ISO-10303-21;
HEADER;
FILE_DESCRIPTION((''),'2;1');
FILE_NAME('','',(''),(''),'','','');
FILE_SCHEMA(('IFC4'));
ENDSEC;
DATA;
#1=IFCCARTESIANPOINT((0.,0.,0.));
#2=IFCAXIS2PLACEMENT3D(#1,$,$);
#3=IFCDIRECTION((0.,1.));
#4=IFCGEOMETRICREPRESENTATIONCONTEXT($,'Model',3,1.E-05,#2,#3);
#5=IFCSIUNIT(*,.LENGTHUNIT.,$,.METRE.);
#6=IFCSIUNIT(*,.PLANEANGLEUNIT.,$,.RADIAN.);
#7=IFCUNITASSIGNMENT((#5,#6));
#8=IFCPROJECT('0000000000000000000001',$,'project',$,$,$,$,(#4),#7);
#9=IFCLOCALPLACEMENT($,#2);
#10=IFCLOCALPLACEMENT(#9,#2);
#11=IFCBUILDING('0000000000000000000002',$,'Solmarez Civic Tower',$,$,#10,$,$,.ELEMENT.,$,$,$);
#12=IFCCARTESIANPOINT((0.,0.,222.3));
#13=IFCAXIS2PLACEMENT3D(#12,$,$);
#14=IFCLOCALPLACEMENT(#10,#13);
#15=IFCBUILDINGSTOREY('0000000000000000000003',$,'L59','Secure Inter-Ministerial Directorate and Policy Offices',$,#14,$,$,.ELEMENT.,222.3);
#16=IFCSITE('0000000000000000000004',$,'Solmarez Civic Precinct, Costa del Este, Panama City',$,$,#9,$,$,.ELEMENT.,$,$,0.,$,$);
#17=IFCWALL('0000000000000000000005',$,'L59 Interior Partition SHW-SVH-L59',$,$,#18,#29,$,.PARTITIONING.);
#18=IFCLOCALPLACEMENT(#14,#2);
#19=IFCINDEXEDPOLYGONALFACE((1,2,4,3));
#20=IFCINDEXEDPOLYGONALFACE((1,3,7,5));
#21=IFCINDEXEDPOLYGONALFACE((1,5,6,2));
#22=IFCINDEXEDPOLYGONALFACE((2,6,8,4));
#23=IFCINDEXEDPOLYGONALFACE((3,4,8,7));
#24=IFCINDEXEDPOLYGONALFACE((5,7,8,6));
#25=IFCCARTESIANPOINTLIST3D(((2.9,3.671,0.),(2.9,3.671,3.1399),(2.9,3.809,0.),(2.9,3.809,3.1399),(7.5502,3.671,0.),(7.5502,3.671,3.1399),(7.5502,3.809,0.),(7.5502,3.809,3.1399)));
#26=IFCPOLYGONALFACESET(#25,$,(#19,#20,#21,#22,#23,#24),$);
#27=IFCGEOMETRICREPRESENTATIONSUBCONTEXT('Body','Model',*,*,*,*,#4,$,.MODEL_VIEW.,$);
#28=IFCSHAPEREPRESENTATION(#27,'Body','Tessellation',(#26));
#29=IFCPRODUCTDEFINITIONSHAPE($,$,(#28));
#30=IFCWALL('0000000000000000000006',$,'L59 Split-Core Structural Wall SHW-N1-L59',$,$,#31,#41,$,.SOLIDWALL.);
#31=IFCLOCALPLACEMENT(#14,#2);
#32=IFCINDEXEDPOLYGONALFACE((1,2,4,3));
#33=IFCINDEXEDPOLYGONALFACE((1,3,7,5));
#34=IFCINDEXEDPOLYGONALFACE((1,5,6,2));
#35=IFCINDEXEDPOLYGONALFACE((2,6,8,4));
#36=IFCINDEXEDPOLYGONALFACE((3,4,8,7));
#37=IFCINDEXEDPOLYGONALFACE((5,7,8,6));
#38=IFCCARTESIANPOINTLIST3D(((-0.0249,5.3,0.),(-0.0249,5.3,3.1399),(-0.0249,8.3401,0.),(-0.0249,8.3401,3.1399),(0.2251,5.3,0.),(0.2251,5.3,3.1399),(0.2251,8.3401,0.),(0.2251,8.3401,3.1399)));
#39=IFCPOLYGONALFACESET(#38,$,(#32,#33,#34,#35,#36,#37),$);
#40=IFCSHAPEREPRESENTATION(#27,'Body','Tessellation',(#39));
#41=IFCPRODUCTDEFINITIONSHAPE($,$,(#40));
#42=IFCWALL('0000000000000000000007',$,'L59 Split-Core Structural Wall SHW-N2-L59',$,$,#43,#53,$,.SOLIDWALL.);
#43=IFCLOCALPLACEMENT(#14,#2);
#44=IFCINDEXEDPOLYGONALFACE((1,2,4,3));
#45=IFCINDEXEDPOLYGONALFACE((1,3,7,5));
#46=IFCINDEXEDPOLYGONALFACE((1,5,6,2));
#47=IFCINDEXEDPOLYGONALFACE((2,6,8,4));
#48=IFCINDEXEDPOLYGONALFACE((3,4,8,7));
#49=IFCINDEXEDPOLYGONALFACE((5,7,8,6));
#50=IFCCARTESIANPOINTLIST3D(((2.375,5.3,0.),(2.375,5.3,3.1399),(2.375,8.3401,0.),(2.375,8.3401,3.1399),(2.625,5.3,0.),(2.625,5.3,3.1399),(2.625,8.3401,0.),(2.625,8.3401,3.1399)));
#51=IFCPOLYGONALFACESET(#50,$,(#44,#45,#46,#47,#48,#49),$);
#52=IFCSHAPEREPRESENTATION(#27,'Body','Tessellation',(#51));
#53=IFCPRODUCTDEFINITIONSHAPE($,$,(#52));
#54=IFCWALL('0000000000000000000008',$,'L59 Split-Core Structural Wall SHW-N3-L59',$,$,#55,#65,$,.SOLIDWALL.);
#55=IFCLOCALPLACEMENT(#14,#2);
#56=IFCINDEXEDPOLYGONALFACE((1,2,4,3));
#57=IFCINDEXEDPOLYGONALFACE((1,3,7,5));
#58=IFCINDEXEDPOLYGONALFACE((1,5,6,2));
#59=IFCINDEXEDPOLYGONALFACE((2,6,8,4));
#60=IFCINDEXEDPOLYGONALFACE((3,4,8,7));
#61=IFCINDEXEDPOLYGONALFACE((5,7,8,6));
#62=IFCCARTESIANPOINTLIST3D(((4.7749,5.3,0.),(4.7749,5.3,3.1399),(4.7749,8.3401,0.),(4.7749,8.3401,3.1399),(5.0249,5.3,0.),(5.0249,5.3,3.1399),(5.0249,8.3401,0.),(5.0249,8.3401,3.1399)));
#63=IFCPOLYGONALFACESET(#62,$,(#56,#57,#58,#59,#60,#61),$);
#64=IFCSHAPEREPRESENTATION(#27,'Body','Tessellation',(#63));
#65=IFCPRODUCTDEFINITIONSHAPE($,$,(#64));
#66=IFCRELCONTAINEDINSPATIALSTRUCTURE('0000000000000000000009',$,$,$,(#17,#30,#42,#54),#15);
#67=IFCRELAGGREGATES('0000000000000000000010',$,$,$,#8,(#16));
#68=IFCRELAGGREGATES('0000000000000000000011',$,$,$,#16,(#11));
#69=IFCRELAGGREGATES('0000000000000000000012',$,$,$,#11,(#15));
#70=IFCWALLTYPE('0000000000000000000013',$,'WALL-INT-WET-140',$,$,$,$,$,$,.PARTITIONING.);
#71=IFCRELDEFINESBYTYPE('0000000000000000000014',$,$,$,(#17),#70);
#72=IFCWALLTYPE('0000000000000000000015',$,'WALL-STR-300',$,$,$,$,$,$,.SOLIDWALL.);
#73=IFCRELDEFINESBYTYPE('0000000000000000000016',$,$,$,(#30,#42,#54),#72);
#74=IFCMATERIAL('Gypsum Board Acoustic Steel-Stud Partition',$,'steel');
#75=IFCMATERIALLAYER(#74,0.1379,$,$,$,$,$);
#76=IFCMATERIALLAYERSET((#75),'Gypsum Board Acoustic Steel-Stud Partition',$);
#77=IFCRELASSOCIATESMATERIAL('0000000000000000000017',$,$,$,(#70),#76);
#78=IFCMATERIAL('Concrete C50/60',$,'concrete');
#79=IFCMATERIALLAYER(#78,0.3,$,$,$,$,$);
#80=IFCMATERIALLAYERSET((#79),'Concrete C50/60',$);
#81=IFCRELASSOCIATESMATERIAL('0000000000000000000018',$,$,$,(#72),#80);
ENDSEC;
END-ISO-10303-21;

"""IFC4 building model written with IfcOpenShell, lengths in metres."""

from ifc_helpers import new_model, si_unit, direction, frame, frame_2d, origin, place, context, subcontext, project, spatial, rectangle, extrude, material, layer, layer_set, type_object, element, save


model = new_model("IFC4")

# Units and contexts
model_context = context("Model", 3, precision=1e-05, world=origin(), true_north=direction((0.0, 1.0)))
body_context = subcontext(model_context, "Body", "Model", "MODEL_VIEW")
ifc_project = project(units=[si_unit("LENGTHUNIT", "METRE"), si_unit("PLANEANGLEUNIT", "RADIAN")], contexts=[model_context])

# Site, building, storey
site_placement = place(None, origin())
site = spatial("IfcSite", under=ifc_project, at=site_placement, Name="Solmarez Civic Precinct, Costa del Este, Panama City", CompositionType="ELEMENT", RefElevation=0.0)
building_placement = place(site_placement, origin())
building = spatial("IfcBuilding", under=site, at=building_placement, Name="Solmarez Civic Tower", CompositionType="ELEMENT")
storey_placement = place(building_placement, frame((0.0, 0.0, 222.3)))
storey = spatial("IfcBuildingStorey", under=building, at=storey_placement, Name="L59", Description="Secure Inter-Ministerial Directorate and Policy Offices", CompositionType="ELEMENT", Elevation=222.3)

# Shared definitions
ifc_material_1 = material(Name="Concrete C50/60", Category="concrete")

# Wall
ifc_material_2 = material(Name="Gypsum Board Acoustic Steel-Stud Partition", Category="steel")
ifc_layer_1 = layer(ifc_material_2, 0.1379)
ifc_layer_set_1 = layer_set([ifc_layer_1], Name="Gypsum Board Acoustic Steel-Stud Partition")
wall_type_1 = type_object("IfcWallType", Name="WALL-INT-WET-140", PredefinedType="PARTITIONING", material=ifc_layer_set_1)
wall_1_placement = place(storey_placement, frame((2.8999, 3.74, 0.0), z_axis=(0.0, 0.0, 1.0), x_axis=(1.0, 0.0, 0.0)))
element("IfcWall", 1, at=wall_1_placement, inside=storey, type_object=wall_type_1, Name="L59 Interior Partition SHW-SVH-L59", PredefinedType="PARTITIONING", context=body_context, shape_type="SweptSolid", body=[
    extrude(rectangle(XDim=4.6501, YDim=0.1379, at=frame_2d((2.3252, 0.0))), origin(), (0.0, 0.0, 1.0), 3.1399),
])

# Shared definitions
ifc_layer_2 = layer(ifc_material_1, 0.3)
ifc_layer_set_2 = layer_set([ifc_layer_2], Name="Concrete C50/60")
wall_type_2 = type_object("IfcWallType", Name="WALL-STR-300", PredefinedType="SOLIDWALL", material=ifc_layer_set_2)

# Walls
for number, where, z_axis, x_axis, name in (
    (2, (0.1001, 5.3, 0.0), (0.0, 0.0, 1.0), (0.0, 1.0, 0.0), "L59 Split-Core Structural Wall SHW-N1-L59"),
    (3, (2.5, 5.3, 0.0), (0.0, 0.0, 1.0), (0.0, 1.0, 0.0), "L59 Split-Core Structural Wall SHW-N2-L59"),
    (4, (4.8999, 5.3, 0.0), (0.0, 0.0, 1.0), (0.0, 1.0, 0.0), "L59 Split-Core Structural Wall SHW-N3-L59"),
):
    element("IfcWall", number, at=place(storey_placement, frame(where, z_axis=z_axis, x_axis=x_axis)), inside=storey, type_object=wall_type_2, Name=name, PredefinedType="SOLIDWALL", context=body_context, shape_type="SweptSolid", body=[
        extrude(rectangle(XDim=3.04, YDim=0.25, at=frame_2d((1.52, 0.0))), origin(), (0.0, 0.0, 1.0), 3.1399),
    ])

save(model, "model.ifc")
